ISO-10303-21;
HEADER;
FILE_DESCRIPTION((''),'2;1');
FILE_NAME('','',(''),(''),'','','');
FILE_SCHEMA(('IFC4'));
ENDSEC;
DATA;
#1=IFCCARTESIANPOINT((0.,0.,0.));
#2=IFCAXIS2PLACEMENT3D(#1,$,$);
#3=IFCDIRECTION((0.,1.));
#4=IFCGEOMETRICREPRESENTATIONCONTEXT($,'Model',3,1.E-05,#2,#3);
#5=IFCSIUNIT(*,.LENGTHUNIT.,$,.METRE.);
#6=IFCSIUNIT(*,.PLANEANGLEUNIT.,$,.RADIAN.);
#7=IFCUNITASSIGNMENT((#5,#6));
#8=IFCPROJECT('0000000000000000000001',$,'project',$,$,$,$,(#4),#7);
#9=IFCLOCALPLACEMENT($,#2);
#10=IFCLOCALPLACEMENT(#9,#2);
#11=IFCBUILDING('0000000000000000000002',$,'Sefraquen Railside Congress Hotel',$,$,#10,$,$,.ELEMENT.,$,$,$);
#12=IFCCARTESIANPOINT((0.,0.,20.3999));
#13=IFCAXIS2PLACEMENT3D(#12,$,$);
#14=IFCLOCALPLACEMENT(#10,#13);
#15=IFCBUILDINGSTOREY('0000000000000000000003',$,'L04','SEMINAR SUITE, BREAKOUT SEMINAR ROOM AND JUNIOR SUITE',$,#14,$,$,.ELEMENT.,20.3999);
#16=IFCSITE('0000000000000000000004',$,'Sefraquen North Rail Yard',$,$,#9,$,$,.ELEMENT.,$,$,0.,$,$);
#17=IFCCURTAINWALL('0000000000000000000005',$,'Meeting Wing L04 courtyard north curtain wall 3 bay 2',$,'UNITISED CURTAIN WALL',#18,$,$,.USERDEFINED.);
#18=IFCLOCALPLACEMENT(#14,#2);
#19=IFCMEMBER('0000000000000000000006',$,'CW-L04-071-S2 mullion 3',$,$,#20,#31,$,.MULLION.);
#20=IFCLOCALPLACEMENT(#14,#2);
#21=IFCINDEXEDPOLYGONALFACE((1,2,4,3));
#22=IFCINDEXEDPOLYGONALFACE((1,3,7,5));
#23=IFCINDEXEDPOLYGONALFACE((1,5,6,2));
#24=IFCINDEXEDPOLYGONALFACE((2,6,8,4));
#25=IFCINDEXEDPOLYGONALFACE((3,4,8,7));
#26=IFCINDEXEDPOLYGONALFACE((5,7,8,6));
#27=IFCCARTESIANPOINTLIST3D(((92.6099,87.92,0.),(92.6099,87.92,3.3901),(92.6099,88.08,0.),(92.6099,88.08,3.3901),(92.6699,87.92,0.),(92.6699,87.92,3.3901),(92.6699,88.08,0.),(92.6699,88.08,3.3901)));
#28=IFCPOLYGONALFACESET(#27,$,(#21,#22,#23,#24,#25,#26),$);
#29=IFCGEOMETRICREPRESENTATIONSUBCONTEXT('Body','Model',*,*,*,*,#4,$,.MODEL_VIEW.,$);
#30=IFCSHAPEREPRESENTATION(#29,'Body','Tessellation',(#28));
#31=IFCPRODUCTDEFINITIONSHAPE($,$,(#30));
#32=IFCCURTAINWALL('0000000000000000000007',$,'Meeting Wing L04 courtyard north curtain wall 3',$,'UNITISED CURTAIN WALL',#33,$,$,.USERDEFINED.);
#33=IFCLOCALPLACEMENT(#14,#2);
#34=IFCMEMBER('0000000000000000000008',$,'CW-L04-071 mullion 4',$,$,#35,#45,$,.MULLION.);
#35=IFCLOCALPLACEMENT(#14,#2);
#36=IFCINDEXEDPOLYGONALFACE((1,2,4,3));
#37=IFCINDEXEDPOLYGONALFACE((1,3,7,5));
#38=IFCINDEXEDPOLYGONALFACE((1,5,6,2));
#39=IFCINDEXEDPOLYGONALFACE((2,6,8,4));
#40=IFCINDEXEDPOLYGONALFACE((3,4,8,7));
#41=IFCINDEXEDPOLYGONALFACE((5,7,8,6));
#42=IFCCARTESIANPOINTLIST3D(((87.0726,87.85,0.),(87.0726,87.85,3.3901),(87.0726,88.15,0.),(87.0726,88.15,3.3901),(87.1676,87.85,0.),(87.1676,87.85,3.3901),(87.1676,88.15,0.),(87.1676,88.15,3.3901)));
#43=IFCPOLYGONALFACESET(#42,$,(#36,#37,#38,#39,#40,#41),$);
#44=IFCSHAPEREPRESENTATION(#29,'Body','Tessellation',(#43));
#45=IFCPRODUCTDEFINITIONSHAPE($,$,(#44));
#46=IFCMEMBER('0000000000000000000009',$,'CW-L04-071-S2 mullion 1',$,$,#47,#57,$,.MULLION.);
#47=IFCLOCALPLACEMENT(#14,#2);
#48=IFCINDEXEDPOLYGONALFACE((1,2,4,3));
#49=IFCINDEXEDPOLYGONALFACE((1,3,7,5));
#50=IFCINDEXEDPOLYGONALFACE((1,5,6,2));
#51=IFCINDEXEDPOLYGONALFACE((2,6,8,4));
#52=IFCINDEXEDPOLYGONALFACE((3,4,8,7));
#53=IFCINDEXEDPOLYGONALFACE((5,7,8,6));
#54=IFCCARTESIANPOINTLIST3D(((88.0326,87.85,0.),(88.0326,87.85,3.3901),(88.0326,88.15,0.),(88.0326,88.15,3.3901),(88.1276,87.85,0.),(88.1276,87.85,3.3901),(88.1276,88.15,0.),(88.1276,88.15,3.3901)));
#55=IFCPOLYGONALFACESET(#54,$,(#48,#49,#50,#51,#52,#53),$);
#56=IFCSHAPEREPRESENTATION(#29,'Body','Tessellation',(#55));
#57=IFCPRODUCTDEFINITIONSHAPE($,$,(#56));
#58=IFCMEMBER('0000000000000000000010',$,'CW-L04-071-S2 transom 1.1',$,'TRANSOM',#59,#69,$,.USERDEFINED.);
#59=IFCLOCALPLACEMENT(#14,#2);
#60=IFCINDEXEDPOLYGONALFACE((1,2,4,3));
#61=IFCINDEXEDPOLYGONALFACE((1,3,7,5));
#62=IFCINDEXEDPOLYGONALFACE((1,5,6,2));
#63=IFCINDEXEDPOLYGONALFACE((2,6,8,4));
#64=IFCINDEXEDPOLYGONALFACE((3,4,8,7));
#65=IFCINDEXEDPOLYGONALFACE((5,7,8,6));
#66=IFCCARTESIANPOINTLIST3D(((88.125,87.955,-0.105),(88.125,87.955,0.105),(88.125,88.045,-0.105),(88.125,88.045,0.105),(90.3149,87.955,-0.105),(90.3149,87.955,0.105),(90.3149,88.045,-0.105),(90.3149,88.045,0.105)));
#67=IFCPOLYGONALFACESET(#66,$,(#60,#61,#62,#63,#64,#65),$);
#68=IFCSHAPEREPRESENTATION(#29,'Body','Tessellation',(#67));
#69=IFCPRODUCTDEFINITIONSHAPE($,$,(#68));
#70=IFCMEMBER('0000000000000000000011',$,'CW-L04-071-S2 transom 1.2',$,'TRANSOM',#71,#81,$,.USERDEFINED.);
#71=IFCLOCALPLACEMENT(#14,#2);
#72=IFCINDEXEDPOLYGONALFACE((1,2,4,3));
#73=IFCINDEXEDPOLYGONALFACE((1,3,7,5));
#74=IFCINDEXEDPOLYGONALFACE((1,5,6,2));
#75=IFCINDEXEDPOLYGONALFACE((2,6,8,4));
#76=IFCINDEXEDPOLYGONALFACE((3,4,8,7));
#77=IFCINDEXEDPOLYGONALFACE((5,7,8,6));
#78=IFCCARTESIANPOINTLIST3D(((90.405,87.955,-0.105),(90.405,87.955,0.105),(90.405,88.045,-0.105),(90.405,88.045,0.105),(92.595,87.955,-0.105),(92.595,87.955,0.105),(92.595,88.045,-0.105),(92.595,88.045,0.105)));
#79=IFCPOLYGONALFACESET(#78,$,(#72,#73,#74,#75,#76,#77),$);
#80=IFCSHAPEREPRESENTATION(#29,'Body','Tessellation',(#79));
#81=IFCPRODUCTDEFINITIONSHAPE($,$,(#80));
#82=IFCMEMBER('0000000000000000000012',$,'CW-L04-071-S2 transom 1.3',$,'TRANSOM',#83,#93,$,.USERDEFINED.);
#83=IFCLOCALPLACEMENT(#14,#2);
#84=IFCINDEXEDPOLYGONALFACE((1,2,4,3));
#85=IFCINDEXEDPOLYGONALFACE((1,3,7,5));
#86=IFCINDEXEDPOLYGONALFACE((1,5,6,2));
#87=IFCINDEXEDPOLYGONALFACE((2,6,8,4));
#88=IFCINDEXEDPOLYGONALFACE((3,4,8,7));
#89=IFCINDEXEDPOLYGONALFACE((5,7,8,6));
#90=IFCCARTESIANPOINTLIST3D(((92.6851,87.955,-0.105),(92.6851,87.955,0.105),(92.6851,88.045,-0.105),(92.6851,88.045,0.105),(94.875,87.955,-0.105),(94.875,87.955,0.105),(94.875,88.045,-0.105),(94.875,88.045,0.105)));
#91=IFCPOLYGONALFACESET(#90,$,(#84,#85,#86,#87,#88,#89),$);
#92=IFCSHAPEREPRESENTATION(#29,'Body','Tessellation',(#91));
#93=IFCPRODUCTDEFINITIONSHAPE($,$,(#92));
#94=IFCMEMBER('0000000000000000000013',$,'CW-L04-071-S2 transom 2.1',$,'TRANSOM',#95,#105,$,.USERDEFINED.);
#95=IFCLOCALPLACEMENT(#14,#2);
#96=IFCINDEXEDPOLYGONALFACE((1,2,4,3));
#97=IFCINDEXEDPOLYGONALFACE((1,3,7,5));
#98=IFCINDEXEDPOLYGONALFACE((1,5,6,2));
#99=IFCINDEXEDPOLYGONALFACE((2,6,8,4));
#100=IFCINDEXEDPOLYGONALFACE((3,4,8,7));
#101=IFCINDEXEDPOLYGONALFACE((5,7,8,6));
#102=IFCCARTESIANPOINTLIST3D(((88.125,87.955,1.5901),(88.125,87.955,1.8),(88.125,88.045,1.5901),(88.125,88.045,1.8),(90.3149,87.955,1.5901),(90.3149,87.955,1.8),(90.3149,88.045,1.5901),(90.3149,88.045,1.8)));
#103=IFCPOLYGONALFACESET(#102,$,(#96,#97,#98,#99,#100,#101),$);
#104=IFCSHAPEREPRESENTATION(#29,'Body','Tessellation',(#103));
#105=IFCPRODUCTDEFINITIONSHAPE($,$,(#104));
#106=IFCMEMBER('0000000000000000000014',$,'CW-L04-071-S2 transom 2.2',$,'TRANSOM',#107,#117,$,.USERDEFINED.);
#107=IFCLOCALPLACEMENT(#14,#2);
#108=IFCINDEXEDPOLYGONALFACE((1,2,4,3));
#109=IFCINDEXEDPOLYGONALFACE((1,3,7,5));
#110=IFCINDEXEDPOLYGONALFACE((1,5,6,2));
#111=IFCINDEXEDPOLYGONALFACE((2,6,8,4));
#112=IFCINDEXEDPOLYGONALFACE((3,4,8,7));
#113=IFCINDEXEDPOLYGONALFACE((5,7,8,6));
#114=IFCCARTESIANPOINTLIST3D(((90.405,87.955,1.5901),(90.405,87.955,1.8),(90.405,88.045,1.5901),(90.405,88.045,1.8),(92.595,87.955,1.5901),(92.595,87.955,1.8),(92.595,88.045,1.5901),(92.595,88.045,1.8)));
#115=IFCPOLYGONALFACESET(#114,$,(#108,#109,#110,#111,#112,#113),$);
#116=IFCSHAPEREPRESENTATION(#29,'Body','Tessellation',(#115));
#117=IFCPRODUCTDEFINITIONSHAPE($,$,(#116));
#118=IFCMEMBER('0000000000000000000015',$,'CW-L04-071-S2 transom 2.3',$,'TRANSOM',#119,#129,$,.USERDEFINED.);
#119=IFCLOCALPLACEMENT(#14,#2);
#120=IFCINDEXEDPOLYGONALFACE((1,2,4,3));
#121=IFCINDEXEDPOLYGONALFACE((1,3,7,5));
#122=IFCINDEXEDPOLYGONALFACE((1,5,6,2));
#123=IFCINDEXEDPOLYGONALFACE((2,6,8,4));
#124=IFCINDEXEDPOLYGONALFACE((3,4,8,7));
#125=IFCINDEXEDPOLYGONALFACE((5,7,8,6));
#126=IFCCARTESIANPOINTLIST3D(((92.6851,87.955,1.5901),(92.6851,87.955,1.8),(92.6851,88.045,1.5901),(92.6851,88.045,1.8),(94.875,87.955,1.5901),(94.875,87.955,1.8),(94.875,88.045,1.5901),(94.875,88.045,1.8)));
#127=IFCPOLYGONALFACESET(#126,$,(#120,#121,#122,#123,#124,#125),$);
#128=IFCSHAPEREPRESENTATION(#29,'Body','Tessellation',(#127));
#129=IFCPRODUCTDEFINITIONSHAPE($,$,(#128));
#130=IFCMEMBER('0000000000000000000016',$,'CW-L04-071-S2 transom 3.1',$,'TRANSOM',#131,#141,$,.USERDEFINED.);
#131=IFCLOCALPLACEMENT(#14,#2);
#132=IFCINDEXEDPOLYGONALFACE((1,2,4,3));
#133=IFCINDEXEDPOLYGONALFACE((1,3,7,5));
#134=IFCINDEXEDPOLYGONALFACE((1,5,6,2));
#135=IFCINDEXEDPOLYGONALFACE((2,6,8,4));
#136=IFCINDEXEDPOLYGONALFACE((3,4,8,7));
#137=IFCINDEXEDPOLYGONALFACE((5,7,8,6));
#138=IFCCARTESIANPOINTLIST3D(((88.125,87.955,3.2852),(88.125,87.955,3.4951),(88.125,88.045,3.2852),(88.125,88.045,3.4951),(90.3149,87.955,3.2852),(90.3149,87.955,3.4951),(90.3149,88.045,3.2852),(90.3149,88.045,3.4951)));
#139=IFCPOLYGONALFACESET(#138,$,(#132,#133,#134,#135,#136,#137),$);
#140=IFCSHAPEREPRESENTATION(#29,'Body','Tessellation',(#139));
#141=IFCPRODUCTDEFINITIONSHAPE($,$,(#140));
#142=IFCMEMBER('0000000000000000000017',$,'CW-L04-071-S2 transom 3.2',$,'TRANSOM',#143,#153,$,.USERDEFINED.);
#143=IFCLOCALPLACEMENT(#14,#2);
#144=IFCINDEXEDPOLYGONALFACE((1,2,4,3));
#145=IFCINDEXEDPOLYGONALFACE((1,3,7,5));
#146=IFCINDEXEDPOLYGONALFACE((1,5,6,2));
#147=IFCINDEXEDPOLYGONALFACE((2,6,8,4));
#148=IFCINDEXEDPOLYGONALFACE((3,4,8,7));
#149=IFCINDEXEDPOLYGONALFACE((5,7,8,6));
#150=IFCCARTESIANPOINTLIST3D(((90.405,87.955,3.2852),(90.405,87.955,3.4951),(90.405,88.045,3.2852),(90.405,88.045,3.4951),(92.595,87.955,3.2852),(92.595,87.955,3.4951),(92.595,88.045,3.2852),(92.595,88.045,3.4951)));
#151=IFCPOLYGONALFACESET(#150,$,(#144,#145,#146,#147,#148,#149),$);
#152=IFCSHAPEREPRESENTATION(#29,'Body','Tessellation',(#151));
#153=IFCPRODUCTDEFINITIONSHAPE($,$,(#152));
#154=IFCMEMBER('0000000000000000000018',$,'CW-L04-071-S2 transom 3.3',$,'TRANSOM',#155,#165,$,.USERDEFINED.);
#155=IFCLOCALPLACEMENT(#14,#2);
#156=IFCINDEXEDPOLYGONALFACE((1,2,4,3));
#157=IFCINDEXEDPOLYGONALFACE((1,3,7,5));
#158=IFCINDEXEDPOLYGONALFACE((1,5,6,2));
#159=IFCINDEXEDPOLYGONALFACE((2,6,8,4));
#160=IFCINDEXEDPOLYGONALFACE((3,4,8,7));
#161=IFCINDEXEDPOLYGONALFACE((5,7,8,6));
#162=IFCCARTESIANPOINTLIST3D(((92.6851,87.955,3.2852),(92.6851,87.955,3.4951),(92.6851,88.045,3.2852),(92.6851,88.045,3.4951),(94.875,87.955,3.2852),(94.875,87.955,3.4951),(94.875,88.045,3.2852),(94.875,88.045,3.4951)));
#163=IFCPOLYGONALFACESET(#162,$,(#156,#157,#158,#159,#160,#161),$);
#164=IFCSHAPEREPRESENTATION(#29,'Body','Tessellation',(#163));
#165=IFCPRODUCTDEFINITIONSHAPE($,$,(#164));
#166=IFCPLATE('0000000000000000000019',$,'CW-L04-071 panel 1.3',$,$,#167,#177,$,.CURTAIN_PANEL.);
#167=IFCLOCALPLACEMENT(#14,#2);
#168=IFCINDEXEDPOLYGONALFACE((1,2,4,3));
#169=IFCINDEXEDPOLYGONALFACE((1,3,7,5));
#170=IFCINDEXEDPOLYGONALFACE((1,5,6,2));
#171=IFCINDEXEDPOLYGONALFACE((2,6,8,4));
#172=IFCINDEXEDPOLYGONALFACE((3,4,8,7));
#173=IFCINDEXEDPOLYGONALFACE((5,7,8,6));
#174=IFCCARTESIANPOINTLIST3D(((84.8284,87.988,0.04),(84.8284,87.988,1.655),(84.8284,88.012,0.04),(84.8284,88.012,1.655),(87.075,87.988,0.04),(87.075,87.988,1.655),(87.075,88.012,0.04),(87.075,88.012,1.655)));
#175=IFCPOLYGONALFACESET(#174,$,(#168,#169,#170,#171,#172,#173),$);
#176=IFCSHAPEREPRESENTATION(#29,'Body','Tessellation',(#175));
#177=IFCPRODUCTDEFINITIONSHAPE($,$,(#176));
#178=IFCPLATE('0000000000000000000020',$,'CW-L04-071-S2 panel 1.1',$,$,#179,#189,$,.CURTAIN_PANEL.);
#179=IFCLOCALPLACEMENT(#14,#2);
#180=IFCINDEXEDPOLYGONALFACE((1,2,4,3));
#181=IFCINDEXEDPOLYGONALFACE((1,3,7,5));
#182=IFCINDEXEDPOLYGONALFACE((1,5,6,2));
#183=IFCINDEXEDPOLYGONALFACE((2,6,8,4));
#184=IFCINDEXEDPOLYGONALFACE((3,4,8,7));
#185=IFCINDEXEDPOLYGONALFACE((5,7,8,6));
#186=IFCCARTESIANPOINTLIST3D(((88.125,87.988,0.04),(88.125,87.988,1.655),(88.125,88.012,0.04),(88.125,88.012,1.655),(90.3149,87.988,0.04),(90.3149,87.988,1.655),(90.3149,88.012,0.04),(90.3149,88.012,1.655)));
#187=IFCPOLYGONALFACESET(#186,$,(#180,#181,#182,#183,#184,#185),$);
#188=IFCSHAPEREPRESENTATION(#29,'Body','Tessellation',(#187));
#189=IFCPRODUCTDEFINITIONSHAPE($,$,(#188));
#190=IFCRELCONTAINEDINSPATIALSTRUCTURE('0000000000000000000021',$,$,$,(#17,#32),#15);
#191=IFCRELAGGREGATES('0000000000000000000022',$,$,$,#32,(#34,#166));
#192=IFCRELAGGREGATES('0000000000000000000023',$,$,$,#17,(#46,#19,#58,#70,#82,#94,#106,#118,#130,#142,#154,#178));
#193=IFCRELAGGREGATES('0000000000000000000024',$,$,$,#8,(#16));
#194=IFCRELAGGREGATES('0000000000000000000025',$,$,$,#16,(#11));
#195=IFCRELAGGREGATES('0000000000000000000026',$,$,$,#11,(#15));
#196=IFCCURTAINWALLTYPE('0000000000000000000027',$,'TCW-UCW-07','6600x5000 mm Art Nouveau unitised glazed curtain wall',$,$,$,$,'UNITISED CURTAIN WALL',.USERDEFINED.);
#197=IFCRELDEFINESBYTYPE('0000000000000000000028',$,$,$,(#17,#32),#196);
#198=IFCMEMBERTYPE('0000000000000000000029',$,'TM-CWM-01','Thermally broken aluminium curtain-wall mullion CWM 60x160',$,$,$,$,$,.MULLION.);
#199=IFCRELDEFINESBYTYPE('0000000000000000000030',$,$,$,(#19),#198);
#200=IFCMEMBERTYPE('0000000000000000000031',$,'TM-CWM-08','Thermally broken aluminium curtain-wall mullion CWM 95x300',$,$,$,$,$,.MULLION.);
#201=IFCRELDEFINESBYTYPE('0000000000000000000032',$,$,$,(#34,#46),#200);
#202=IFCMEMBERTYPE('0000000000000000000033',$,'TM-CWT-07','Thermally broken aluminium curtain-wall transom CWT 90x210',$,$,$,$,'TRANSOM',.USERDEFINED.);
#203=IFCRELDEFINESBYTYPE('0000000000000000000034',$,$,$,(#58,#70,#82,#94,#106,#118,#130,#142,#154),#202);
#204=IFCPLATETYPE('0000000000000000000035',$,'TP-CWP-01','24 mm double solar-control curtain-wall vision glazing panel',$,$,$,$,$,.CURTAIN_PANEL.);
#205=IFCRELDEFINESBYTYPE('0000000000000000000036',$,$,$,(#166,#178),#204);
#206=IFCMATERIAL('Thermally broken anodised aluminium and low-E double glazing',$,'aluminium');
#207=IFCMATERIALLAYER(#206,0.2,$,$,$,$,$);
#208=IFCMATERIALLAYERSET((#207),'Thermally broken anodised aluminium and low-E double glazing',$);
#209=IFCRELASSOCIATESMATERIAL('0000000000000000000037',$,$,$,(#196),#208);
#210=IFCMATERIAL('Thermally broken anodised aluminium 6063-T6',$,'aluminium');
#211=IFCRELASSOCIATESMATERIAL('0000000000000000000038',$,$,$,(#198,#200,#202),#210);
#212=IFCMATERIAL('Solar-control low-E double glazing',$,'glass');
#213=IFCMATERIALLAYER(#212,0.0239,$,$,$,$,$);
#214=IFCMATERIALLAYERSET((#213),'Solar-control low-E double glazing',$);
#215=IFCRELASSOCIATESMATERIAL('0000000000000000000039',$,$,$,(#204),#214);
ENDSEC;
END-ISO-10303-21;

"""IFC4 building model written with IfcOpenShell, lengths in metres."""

from ifc_helpers import new_model, si_unit, direction, frame, origin, origin_2d, place, context, subcontext, project, spatial, rectangle, extrude, material, layer, layer_set, material_profile, profile_set, type_object, element, aggregate, save


model = new_model("IFC4")

# Units and contexts
model_context = context("Model", 3, precision=1e-05, world=origin(), true_north=direction((0.0, 1.0)))
body_context = subcontext(model_context, "Body", "Model", "MODEL_VIEW")
ifc_project = project(units=[si_unit("LENGTHUNIT", "METRE"), si_unit("PLANEANGLEUNIT", "RADIAN")], contexts=[model_context])

# Site, building, storey
site_placement = place(None, origin())
site = spatial("IfcSite", under=ifc_project, at=site_placement, Name="Sefraquen North Rail Yard", CompositionType="ELEMENT", RefElevation=0.0)
building_placement = place(site_placement, origin())
building = spatial("IfcBuilding", under=site, at=building_placement, Name="Sefraquen Railside Congress Hotel", CompositionType="ELEMENT")
storey_placement = place(building_placement, frame((0.0, 0.0, 20.3999)))
storey = spatial("IfcBuildingStorey", under=building, at=storey_placement, Name="L04", Description="SEMINAR SUITE, BREAKOUT SEMINAR ROOM AND JUNIOR SUITE", CompositionType="ELEMENT", Elevation=20.3999)

# Curtain wall, member
ifc_material_1 = material(Name="Thermally broken anodised aluminium and low-E double glazing", Category="aluminium")
ifc_layer_1 = layer(ifc_material_1, 0.2)
ifc_layer_set_1 = layer_set([ifc_layer_1], Name="Thermally broken anodised aluminium and low-E double glazing")
curtain_wall_type = type_object("IfcCurtainWallType", Name="TCW-UCW-07", Description="6600x5000 mm Art Nouveau unitised glazed curtain wall", ElementType="UNITISED CURTAIN WALL", PredefinedType="USERDEFINED", material=ifc_layer_set_1)
curtain_wall_1_placement = place(storey_placement, origin())
curtain_wall_1 = element("IfcCurtainWall", 1, at=curtain_wall_1_placement, inside=storey, type_object=curtain_wall_type, Name="Meeting Wing L04 courtyard north curtain wall 3 bay 2", ObjectType="UNITISED CURTAIN WALL", PredefinedType="USERDEFINED")
ifc_material_2 = material(Name="Thermally broken anodised aluminium 6063-T6", Category="aluminium")
ifc_material_profile_1 = material_profile(ifc_material_2, rectangle(XDim=0.0601, YDim=0.1599, at=origin_2d()), Name="CWM 60x160")
ifc_profile_set_1 = profile_set([ifc_material_profile_1], Name="Thermally broken anodised aluminium 6063-T6")
member_type_1 = type_object("IfcMemberType", Name="TM-CWM-01", Description="Thermally broken aluminium curtain-wall mullion CWM 60x160", PredefinedType="MULLION", material=ifc_profile_set_1)
member_1_placement = place(storey_placement, frame((92.6399, 88.0, 0.0), z_axis=(0.0, 0.0, 1.0), x_axis=(1.0, 0.0, 0.0)))
member_1 = element("IfcMember", 2, at=member_1_placement, type_object=member_type_1, Name="CW-L04-071-S2 mullion 3", PredefinedType="MULLION", context=body_context, shape_type="SweptSolid", body=[
    extrude(rectangle(XDim=0.0601, YDim=0.1599, at=origin_2d()), origin(), (0.0, 0.0, 1.0), 3.3901),
])

# Curtain wall, member
curtain_wall_2_placement = place(storey_placement, origin())
curtain_wall_2 = element("IfcCurtainWall", 3, at=curtain_wall_2_placement, inside=storey, type_object=curtain_wall_type, Name="Meeting Wing L04 courtyard north curtain wall 3", ObjectType="UNITISED CURTAIN WALL", PredefinedType="USERDEFINED")
ifc_material_profile_2 = material_profile(ifc_material_2, rectangle(XDim=0.095, YDim=0.3, at=origin_2d()), Name="CWM 95x300")
ifc_profile_set_2 = profile_set([ifc_material_profile_2], Name="Thermally broken anodised aluminium 6063-T6")
member_type_2 = type_object("IfcMemberType", Name="TM-CWM-08", Description="Thermally broken aluminium curtain-wall mullion CWM 95x300", PredefinedType="MULLION", material=ifc_profile_set_2)
member_2_placement = place(storey_placement, frame((87.1201, 88.0, 0.0), z_axis=(0.0, 0.0, 1.0), x_axis=(1.0, 0.0, 0.0)))
member_2 = element("IfcMember", 4, at=member_2_placement, type_object=member_type_2, Name="CW-L04-071 mullion 4", PredefinedType="MULLION", context=body_context, shape_type="SweptSolid", body=[
    extrude(rectangle(XDim=0.095, YDim=0.3, at=origin_2d()), origin(), (0.0, 0.0, 1.0), 3.3901),
])

# Members
member_3_placement = place(storey_placement, frame((88.0801, 88.0, 0.0), z_axis=(0.0, 0.0, 1.0), x_axis=(1.0, 0.0, 0.0)))
member_3 = element("IfcMember", 5, at=member_3_placement, type_object=member_type_2, Name="CW-L04-071-S2 mullion 1", PredefinedType="MULLION", context=body_context, shape_type="SweptSolid", body=[
    extrude(rectangle(XDim=0.095, YDim=0.3, at=origin_2d()), origin(), (0.0, 0.0, 1.0), 3.3901),
])
ifc_material_profile_3 = material_profile(ifc_material_2, rectangle(XDim=0.0901, YDim=0.21, at=origin_2d()), Name="CWT 90x210")
ifc_profile_set_3 = profile_set([ifc_material_profile_3], Name="Thermally broken anodised aluminium 6063-T6")
member_type_3 = type_object("IfcMemberType", Name="TM-CWT-07", Description="Thermally broken aluminium curtain-wall transom CWT 90x210", ElementType="TRANSOM", PredefinedType="USERDEFINED", material=ifc_profile_set_3)
member_4_placement = place(storey_placement, frame((88.125, 88.0, 0.0), z_axis=(1.0, 0.0, 0.0), x_axis=(0.0, 1.0, 0.0)))
member_4 = element("IfcMember", 6, at=member_4_placement, type_object=member_type_3, Name="CW-L04-071-S2 transom 1.1", ObjectType="TRANSOM", PredefinedType="USERDEFINED", context=body_context, shape_type="SweptSolid", body=[
    extrude(rectangle(XDim=0.0901, YDim=0.21, at=origin_2d()), origin(), (0.0, 0.0, 1.0), 2.1899),
])
member_5_placement = place(storey_placement, frame((90.405, 88.0, 0.0), z_axis=(1.0, 0.0, 0.0), x_axis=(0.0, 1.0, 0.0)))
member_5 = element("IfcMember", 7, at=member_5_placement, type_object=member_type_3, Name="CW-L04-071-S2 transom 1.2", ObjectType="TRANSOM", PredefinedType="USERDEFINED", context=body_context, shape_type="SweptSolid", body=[
    extrude(rectangle(XDim=0.0901, YDim=0.21, at=origin_2d()), origin(), (0.0, 0.0, 1.0), 2.1899),
])
member_6_placement = place(storey_placement, frame((92.6851, 88.0, 0.0), z_axis=(1.0, 0.0, 0.0), x_axis=(0.0, 1.0, 0.0)))
member_6 = element("IfcMember", 8, at=member_6_placement, type_object=member_type_3, Name="CW-L04-071-S2 transom 1.3", ObjectType="TRANSOM", PredefinedType="USERDEFINED", context=body_context, shape_type="SweptSolid", body=[
    extrude(rectangle(XDim=0.0901, YDim=0.21, at=origin_2d()), origin(), (0.0, 0.0, 1.0), 2.1899),
])
member_7_placement = place(storey_placement, frame((88.125, 88.0, 1.6951), z_axis=(1.0, 0.0, 0.0), x_axis=(0.0, 1.0, 0.0)))
member_7 = element("IfcMember", 9, at=member_7_placement, type_object=member_type_3, Name="CW-L04-071-S2 transom 2.1", ObjectType="TRANSOM", PredefinedType="USERDEFINED", context=body_context, shape_type="SweptSolid", body=[
    extrude(rectangle(XDim=0.0901, YDim=0.21, at=origin_2d()), origin(), (0.0, 0.0, 1.0), 2.1899),
])
member_8_placement = place(storey_placement, frame((90.405, 88.0, 1.6951), z_axis=(1.0, 0.0, 0.0), x_axis=(0.0, 1.0, 0.0)))
member_8 = element("IfcMember", 10, at=member_8_placement, type_object=member_type_3, Name="CW-L04-071-S2 transom 2.2", ObjectType="TRANSOM", PredefinedType="USERDEFINED", context=body_context, shape_type="SweptSolid", body=[
    extrude(rectangle(XDim=0.0901, YDim=0.21, at=origin_2d()), origin(), (0.0, 0.0, 1.0), 2.1899),
])
member_9_placement = place(storey_placement, frame((92.6851, 88.0, 1.6951), z_axis=(1.0, 0.0, 0.0), x_axis=(0.0, 1.0, 0.0)))
member_9 = element("IfcMember", 11, at=member_9_placement, type_object=member_type_3, Name="CW-L04-071-S2 transom 2.3", ObjectType="TRANSOM", PredefinedType="USERDEFINED", context=body_context, shape_type="SweptSolid", body=[
    extrude(rectangle(XDim=0.0901, YDim=0.21, at=origin_2d()), origin(), (0.0, 0.0, 1.0), 2.1899),
])
member_10_placement = place(storey_placement, frame((88.125, 88.0, 3.3901), z_axis=(1.0, 0.0, 0.0), x_axis=(0.0, 1.0, 0.0)))
member_10 = element("IfcMember", 12, at=member_10_placement, type_object=member_type_3, Name="CW-L04-071-S2 transom 3.1", ObjectType="TRANSOM", PredefinedType="USERDEFINED", context=body_context, shape_type="SweptSolid", body=[
    extrude(rectangle(XDim=0.0901, YDim=0.21, at=origin_2d()), origin(), (0.0, 0.0, 1.0), 2.1899),
])
member_11_placement = place(storey_placement, frame((90.405, 88.0, 3.3901), z_axis=(1.0, 0.0, 0.0), x_axis=(0.0, 1.0, 0.0)))
member_11 = element("IfcMember", 13, at=member_11_placement, type_object=member_type_3, Name="CW-L04-071-S2 transom 3.2", ObjectType="TRANSOM", PredefinedType="USERDEFINED", context=body_context, shape_type="SweptSolid", body=[
    extrude(rectangle(XDim=0.0901, YDim=0.21, at=origin_2d()), origin(), (0.0, 0.0, 1.0), 2.1899),
])
member_12_placement = place(storey_placement, frame((92.6851, 88.0, 3.3901), z_axis=(1.0, 0.0, 0.0), x_axis=(0.0, 1.0, 0.0)))
member_12 = element("IfcMember", 14, at=member_12_placement, type_object=member_type_3, Name="CW-L04-071-S2 transom 3.3", ObjectType="TRANSOM", PredefinedType="USERDEFINED", context=body_context, shape_type="SweptSolid", body=[
    extrude(rectangle(XDim=0.0901, YDim=0.21, at=origin_2d()), origin(), (0.0, 0.0, 1.0), 2.1899),
])

# Plates
ifc_material_3 = material(Name="Solar-control low-E double glazing", Category="glass")
ifc_layer_2 = layer(ifc_material_3, 0.0239)
ifc_layer_set_2 = layer_set([ifc_layer_2], Name="Solar-control low-E double glazing")
plate_type_1 = type_object("IfcPlateType", Name="TP-CWP-01", Description="24 mm double solar-control curtain-wall vision glazing panel", PredefinedType="CURTAIN_PANEL", material=ifc_layer_set_2)
plate_1_placement = place(storey_placement, frame((85.9517, 88.0, 0.04), z_axis=(0.0, 0.0, 1.0), x_axis=(1.0, 0.0, 0.0)))
plate_1 = element("IfcPlate", 15, at=plate_1_placement, type_object=plate_type_1, Name="CW-L04-071 panel 1.3", PredefinedType="CURTAIN_PANEL", context=body_context, shape_type="SweptSolid", body=[
    extrude(rectangle(XDim=2.2466, YDim=0.0239, at=origin_2d()), origin(), (0.0, 0.0, 1.0), 1.615),
])
plate_2_placement = place(storey_placement, frame((89.22, 88.0, 0.04), z_axis=(0.0, 0.0, 1.0), x_axis=(1.0, 0.0, 0.0)))
plate_2 = element("IfcPlate", 16, at=plate_2_placement, type_object=plate_type_1, Name="CW-L04-071-S2 panel 1.1", PredefinedType="CURTAIN_PANEL", context=body_context, shape_type="SweptSolid", body=[
    extrude(rectangle(XDim=2.1899, YDim=0.0239, at=origin_2d()), origin(), (0.0, 0.0, 1.0), 1.615),
])
aggregate(curtain_wall_2, [member_2, plate_1])
aggregate(curtain_wall_1, [member_3, member_1, member_4, member_5, member_6, member_7, member_8, member_9, member_10, member_11, member_12, plate_2])

save(model, "model.ifc")
